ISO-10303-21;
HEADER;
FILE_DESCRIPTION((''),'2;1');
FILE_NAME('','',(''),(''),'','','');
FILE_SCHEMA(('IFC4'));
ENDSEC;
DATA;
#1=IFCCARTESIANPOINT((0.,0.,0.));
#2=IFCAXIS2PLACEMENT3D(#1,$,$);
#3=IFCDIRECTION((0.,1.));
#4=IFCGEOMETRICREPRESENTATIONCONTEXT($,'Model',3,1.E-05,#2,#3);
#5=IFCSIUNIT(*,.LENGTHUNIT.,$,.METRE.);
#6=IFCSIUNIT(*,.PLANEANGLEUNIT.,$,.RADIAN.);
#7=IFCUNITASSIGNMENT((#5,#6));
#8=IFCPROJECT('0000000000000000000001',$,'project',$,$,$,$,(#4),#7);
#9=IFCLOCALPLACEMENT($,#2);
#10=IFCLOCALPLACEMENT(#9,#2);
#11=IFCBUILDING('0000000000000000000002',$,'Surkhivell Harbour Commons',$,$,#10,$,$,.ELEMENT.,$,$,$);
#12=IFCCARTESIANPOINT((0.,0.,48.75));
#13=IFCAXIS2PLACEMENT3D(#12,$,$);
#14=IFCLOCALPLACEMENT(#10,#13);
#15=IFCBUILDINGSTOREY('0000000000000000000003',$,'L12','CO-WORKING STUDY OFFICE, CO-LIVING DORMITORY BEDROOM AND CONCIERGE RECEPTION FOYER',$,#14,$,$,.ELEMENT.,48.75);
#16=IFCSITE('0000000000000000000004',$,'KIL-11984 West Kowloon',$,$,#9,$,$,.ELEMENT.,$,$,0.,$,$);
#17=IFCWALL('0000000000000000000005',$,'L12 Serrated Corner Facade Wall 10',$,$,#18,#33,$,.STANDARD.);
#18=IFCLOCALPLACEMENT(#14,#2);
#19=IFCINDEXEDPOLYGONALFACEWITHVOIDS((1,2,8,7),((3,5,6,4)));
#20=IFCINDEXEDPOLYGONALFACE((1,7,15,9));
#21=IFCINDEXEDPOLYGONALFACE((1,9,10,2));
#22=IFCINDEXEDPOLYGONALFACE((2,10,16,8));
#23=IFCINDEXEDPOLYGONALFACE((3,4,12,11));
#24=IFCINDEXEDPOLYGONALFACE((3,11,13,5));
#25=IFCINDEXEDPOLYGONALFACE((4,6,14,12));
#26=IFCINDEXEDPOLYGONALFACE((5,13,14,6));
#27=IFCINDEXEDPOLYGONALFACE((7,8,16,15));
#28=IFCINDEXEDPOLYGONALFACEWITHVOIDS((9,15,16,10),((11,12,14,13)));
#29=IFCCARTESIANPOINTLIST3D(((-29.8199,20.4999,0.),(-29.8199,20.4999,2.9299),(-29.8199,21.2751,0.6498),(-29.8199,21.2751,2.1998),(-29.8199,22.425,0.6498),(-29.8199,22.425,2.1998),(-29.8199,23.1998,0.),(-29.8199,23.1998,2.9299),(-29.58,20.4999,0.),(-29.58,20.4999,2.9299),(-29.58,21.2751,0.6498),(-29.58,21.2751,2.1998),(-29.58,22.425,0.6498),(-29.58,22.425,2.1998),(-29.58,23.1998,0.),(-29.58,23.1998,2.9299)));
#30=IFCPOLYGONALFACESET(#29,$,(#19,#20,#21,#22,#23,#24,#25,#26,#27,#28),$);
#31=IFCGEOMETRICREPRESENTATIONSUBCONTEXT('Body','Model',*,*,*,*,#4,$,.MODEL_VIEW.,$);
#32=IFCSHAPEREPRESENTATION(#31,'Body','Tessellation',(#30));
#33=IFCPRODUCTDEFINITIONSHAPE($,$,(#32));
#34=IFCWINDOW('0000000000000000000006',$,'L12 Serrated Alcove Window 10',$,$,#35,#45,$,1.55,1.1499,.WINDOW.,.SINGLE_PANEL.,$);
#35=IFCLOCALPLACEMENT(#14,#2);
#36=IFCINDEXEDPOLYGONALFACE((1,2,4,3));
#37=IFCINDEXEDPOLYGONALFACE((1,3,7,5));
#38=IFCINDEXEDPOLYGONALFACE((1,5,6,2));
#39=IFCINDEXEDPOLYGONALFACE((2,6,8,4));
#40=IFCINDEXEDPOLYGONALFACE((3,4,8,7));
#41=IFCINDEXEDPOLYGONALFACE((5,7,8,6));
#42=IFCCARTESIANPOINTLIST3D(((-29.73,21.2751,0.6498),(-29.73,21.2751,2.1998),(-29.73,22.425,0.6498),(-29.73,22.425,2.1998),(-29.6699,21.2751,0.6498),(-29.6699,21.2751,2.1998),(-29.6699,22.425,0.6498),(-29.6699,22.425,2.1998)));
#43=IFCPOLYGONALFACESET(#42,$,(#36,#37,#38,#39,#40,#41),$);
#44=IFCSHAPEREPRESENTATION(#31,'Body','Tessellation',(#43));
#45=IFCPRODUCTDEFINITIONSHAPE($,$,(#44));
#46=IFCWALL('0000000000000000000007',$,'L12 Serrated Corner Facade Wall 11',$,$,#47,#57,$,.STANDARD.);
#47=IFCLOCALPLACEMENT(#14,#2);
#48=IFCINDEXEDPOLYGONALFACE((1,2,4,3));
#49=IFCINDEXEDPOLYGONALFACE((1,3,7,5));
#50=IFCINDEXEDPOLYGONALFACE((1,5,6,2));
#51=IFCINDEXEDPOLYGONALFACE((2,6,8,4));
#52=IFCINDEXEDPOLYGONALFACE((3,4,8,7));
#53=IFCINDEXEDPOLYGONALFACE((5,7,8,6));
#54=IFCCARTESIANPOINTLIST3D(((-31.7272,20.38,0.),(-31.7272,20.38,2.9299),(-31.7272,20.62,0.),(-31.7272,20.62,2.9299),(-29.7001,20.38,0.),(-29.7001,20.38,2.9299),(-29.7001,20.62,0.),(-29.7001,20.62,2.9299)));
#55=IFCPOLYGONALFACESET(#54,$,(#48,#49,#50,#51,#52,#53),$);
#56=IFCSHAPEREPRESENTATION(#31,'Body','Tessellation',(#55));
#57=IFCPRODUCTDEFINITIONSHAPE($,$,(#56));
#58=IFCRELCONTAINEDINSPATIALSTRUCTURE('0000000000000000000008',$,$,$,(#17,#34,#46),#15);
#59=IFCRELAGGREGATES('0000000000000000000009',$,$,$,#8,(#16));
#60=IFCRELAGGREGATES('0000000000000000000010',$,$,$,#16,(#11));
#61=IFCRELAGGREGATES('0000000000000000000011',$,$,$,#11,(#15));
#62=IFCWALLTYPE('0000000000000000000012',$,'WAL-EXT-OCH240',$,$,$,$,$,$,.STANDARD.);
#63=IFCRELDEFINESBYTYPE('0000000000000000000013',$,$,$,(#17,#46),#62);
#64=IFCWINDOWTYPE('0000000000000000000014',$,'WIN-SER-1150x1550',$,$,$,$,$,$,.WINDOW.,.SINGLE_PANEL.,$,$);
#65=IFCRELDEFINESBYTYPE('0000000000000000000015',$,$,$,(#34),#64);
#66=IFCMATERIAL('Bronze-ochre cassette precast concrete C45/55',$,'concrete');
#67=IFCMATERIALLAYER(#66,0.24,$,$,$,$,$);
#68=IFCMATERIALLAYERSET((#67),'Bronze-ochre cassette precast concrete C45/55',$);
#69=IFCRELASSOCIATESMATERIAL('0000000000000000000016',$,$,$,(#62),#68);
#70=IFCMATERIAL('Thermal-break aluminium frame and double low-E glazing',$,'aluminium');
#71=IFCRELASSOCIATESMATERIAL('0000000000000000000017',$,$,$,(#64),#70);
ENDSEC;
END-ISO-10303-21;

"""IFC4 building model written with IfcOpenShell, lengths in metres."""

from ifc_helpers import new_model, si_unit, direction, frame, frame_2d, origin, place, context, subcontext, project, spatial, rectangle, extrude, material, layer, layer_set, type_object, element, fill, save


model = new_model("IFC4")

# Units and contexts
model_context = context("Model", 3, precision=1e-05, world=origin(), true_north=direction((0.0, 1.0)))
body_context = subcontext(model_context, "Body", "Model", "MODEL_VIEW")
ifc_project = project(units=[si_unit("LENGTHUNIT", "METRE"), si_unit("PLANEANGLEUNIT", "RADIAN")], contexts=[model_context])

# Site, building, storey
site_placement = place(None, origin())
site = spatial("IfcSite", under=ifc_project, at=site_placement, Name="KIL-11984 West Kowloon", CompositionType="ELEMENT", RefElevation=0.0)
building_placement = place(site_placement, origin())
building = spatial("IfcBuilding", under=site, at=building_placement, Name="Surkhivell Harbour Commons", CompositionType="ELEMENT")
storey_placement = place(building_placement, frame((0.0, 0.0, 48.75)))
storey = spatial("IfcBuildingStorey", under=building, at=storey_placement, Name="L12", Description="CO-WORKING STUDY OFFICE, CO-LIVING DORMITORY BEDROOM AND CONCIERGE RECEPTION FOYER", CompositionType="ELEMENT", Elevation=48.75)

# Shared definitions
ifc_material_1 = material(Name="Bronze-ochre cassette precast concrete C45/55", Category="concrete")
ifc_layer_1 = layer(ifc_material_1, 0.24)
ifc_layer_set_1 = layer_set([ifc_layer_1], Name="Bronze-ochre cassette precast concrete C45/55")
wall_type = type_object("IfcWallType", Name="WAL-EXT-OCH240", PredefinedType="STANDARD", material=ifc_layer_set_1)

# Wall, opening, window
wall_1_placement = place(storey_placement, frame((-29.7, 23.2, 0.0), z_axis=(0.0, 0.0, 1.0), x_axis=(0.0, -1.0, 0.0)))
wall_1 = element("IfcWall", 1, at=wall_1_placement, inside=storey, type_object=wall_type, Name="L12 Serrated Corner Facade Wall 10", PredefinedType="STANDARD", context=body_context, shape_type="SweptSolid", body=[
    extrude(rectangle(XDim=2.7, YDim=0.24, at=frame_2d((1.3501, 0.0))), origin(), (0.0, 0.0, 1.0), 2.9299),
])
opening_placement = place(wall_1_placement, frame((0.7749, 0.0, 0.6499)))
opening = element("IfcOpeningElement", 2, at=opening_placement, cuts=wall_1, PredefinedType="OPENING", context=body_context, shape_type="SweptSolid", body=[
    extrude(rectangle(XDim=1.1499, YDim=1.55, at=frame_2d((0.575, 0.7749))), frame((0.0, 0.1299, 0.0), z_axis=(0.0, -1.0, 0.0), x_axis=(1.0, 0.0, 0.0)), (0.0, 0.0, 1.0), 0.26),
])
ifc_material_2 = material(Name="Thermal-break aluminium frame and double low-E glazing", Category="aluminium")
window_type = type_object("IfcWindowType", Name="WIN-SER-1150x1550", PartitioningType="SINGLE_PANEL", PredefinedType="WINDOW", material=ifc_material_2)
window_placement = place(opening_placement, origin())
window = element("IfcWindow", 3, at=window_placement, inside=storey, type_object=window_type, Name="L12 Serrated Alcove Window 10", OverallHeight=1.55, OverallWidth=1.1499, PartitioningType="SINGLE_PANEL", PredefinedType="WINDOW", context=body_context, shape_type="SweptSolid", body=[
    extrude(rectangle(XDim=1.1499, YDim=1.55, at=frame_2d((0.575, 0.7749))), frame((0.0, 0.03, 0.0), z_axis=(0.0, -1.0, 0.0), x_axis=(1.0, 0.0, 0.0)), (0.0, 0.0, 1.0), 0.0601),
])
fill(opening, window)

# Wall
wall_2_placement = place(storey_placement, frame((-29.7, 20.5, 0.0), z_axis=(0.0, 0.0, 1.0), x_axis=(-1.0, 0.0, 0.0)))
element("IfcWall", 4, at=wall_2_placement, inside=storey, type_object=wall_type, Name="L12 Serrated Corner Facade Wall 11", PredefinedType="STANDARD", context=body_context, shape_type="SweptSolid", body=[
    extrude(rectangle(XDim=2.0271, YDim=0.24, at=frame_2d((1.0137, 0.0))), origin(), (0.0, 0.0, 1.0), 2.9299),
])

save(model, "model.ifc")
